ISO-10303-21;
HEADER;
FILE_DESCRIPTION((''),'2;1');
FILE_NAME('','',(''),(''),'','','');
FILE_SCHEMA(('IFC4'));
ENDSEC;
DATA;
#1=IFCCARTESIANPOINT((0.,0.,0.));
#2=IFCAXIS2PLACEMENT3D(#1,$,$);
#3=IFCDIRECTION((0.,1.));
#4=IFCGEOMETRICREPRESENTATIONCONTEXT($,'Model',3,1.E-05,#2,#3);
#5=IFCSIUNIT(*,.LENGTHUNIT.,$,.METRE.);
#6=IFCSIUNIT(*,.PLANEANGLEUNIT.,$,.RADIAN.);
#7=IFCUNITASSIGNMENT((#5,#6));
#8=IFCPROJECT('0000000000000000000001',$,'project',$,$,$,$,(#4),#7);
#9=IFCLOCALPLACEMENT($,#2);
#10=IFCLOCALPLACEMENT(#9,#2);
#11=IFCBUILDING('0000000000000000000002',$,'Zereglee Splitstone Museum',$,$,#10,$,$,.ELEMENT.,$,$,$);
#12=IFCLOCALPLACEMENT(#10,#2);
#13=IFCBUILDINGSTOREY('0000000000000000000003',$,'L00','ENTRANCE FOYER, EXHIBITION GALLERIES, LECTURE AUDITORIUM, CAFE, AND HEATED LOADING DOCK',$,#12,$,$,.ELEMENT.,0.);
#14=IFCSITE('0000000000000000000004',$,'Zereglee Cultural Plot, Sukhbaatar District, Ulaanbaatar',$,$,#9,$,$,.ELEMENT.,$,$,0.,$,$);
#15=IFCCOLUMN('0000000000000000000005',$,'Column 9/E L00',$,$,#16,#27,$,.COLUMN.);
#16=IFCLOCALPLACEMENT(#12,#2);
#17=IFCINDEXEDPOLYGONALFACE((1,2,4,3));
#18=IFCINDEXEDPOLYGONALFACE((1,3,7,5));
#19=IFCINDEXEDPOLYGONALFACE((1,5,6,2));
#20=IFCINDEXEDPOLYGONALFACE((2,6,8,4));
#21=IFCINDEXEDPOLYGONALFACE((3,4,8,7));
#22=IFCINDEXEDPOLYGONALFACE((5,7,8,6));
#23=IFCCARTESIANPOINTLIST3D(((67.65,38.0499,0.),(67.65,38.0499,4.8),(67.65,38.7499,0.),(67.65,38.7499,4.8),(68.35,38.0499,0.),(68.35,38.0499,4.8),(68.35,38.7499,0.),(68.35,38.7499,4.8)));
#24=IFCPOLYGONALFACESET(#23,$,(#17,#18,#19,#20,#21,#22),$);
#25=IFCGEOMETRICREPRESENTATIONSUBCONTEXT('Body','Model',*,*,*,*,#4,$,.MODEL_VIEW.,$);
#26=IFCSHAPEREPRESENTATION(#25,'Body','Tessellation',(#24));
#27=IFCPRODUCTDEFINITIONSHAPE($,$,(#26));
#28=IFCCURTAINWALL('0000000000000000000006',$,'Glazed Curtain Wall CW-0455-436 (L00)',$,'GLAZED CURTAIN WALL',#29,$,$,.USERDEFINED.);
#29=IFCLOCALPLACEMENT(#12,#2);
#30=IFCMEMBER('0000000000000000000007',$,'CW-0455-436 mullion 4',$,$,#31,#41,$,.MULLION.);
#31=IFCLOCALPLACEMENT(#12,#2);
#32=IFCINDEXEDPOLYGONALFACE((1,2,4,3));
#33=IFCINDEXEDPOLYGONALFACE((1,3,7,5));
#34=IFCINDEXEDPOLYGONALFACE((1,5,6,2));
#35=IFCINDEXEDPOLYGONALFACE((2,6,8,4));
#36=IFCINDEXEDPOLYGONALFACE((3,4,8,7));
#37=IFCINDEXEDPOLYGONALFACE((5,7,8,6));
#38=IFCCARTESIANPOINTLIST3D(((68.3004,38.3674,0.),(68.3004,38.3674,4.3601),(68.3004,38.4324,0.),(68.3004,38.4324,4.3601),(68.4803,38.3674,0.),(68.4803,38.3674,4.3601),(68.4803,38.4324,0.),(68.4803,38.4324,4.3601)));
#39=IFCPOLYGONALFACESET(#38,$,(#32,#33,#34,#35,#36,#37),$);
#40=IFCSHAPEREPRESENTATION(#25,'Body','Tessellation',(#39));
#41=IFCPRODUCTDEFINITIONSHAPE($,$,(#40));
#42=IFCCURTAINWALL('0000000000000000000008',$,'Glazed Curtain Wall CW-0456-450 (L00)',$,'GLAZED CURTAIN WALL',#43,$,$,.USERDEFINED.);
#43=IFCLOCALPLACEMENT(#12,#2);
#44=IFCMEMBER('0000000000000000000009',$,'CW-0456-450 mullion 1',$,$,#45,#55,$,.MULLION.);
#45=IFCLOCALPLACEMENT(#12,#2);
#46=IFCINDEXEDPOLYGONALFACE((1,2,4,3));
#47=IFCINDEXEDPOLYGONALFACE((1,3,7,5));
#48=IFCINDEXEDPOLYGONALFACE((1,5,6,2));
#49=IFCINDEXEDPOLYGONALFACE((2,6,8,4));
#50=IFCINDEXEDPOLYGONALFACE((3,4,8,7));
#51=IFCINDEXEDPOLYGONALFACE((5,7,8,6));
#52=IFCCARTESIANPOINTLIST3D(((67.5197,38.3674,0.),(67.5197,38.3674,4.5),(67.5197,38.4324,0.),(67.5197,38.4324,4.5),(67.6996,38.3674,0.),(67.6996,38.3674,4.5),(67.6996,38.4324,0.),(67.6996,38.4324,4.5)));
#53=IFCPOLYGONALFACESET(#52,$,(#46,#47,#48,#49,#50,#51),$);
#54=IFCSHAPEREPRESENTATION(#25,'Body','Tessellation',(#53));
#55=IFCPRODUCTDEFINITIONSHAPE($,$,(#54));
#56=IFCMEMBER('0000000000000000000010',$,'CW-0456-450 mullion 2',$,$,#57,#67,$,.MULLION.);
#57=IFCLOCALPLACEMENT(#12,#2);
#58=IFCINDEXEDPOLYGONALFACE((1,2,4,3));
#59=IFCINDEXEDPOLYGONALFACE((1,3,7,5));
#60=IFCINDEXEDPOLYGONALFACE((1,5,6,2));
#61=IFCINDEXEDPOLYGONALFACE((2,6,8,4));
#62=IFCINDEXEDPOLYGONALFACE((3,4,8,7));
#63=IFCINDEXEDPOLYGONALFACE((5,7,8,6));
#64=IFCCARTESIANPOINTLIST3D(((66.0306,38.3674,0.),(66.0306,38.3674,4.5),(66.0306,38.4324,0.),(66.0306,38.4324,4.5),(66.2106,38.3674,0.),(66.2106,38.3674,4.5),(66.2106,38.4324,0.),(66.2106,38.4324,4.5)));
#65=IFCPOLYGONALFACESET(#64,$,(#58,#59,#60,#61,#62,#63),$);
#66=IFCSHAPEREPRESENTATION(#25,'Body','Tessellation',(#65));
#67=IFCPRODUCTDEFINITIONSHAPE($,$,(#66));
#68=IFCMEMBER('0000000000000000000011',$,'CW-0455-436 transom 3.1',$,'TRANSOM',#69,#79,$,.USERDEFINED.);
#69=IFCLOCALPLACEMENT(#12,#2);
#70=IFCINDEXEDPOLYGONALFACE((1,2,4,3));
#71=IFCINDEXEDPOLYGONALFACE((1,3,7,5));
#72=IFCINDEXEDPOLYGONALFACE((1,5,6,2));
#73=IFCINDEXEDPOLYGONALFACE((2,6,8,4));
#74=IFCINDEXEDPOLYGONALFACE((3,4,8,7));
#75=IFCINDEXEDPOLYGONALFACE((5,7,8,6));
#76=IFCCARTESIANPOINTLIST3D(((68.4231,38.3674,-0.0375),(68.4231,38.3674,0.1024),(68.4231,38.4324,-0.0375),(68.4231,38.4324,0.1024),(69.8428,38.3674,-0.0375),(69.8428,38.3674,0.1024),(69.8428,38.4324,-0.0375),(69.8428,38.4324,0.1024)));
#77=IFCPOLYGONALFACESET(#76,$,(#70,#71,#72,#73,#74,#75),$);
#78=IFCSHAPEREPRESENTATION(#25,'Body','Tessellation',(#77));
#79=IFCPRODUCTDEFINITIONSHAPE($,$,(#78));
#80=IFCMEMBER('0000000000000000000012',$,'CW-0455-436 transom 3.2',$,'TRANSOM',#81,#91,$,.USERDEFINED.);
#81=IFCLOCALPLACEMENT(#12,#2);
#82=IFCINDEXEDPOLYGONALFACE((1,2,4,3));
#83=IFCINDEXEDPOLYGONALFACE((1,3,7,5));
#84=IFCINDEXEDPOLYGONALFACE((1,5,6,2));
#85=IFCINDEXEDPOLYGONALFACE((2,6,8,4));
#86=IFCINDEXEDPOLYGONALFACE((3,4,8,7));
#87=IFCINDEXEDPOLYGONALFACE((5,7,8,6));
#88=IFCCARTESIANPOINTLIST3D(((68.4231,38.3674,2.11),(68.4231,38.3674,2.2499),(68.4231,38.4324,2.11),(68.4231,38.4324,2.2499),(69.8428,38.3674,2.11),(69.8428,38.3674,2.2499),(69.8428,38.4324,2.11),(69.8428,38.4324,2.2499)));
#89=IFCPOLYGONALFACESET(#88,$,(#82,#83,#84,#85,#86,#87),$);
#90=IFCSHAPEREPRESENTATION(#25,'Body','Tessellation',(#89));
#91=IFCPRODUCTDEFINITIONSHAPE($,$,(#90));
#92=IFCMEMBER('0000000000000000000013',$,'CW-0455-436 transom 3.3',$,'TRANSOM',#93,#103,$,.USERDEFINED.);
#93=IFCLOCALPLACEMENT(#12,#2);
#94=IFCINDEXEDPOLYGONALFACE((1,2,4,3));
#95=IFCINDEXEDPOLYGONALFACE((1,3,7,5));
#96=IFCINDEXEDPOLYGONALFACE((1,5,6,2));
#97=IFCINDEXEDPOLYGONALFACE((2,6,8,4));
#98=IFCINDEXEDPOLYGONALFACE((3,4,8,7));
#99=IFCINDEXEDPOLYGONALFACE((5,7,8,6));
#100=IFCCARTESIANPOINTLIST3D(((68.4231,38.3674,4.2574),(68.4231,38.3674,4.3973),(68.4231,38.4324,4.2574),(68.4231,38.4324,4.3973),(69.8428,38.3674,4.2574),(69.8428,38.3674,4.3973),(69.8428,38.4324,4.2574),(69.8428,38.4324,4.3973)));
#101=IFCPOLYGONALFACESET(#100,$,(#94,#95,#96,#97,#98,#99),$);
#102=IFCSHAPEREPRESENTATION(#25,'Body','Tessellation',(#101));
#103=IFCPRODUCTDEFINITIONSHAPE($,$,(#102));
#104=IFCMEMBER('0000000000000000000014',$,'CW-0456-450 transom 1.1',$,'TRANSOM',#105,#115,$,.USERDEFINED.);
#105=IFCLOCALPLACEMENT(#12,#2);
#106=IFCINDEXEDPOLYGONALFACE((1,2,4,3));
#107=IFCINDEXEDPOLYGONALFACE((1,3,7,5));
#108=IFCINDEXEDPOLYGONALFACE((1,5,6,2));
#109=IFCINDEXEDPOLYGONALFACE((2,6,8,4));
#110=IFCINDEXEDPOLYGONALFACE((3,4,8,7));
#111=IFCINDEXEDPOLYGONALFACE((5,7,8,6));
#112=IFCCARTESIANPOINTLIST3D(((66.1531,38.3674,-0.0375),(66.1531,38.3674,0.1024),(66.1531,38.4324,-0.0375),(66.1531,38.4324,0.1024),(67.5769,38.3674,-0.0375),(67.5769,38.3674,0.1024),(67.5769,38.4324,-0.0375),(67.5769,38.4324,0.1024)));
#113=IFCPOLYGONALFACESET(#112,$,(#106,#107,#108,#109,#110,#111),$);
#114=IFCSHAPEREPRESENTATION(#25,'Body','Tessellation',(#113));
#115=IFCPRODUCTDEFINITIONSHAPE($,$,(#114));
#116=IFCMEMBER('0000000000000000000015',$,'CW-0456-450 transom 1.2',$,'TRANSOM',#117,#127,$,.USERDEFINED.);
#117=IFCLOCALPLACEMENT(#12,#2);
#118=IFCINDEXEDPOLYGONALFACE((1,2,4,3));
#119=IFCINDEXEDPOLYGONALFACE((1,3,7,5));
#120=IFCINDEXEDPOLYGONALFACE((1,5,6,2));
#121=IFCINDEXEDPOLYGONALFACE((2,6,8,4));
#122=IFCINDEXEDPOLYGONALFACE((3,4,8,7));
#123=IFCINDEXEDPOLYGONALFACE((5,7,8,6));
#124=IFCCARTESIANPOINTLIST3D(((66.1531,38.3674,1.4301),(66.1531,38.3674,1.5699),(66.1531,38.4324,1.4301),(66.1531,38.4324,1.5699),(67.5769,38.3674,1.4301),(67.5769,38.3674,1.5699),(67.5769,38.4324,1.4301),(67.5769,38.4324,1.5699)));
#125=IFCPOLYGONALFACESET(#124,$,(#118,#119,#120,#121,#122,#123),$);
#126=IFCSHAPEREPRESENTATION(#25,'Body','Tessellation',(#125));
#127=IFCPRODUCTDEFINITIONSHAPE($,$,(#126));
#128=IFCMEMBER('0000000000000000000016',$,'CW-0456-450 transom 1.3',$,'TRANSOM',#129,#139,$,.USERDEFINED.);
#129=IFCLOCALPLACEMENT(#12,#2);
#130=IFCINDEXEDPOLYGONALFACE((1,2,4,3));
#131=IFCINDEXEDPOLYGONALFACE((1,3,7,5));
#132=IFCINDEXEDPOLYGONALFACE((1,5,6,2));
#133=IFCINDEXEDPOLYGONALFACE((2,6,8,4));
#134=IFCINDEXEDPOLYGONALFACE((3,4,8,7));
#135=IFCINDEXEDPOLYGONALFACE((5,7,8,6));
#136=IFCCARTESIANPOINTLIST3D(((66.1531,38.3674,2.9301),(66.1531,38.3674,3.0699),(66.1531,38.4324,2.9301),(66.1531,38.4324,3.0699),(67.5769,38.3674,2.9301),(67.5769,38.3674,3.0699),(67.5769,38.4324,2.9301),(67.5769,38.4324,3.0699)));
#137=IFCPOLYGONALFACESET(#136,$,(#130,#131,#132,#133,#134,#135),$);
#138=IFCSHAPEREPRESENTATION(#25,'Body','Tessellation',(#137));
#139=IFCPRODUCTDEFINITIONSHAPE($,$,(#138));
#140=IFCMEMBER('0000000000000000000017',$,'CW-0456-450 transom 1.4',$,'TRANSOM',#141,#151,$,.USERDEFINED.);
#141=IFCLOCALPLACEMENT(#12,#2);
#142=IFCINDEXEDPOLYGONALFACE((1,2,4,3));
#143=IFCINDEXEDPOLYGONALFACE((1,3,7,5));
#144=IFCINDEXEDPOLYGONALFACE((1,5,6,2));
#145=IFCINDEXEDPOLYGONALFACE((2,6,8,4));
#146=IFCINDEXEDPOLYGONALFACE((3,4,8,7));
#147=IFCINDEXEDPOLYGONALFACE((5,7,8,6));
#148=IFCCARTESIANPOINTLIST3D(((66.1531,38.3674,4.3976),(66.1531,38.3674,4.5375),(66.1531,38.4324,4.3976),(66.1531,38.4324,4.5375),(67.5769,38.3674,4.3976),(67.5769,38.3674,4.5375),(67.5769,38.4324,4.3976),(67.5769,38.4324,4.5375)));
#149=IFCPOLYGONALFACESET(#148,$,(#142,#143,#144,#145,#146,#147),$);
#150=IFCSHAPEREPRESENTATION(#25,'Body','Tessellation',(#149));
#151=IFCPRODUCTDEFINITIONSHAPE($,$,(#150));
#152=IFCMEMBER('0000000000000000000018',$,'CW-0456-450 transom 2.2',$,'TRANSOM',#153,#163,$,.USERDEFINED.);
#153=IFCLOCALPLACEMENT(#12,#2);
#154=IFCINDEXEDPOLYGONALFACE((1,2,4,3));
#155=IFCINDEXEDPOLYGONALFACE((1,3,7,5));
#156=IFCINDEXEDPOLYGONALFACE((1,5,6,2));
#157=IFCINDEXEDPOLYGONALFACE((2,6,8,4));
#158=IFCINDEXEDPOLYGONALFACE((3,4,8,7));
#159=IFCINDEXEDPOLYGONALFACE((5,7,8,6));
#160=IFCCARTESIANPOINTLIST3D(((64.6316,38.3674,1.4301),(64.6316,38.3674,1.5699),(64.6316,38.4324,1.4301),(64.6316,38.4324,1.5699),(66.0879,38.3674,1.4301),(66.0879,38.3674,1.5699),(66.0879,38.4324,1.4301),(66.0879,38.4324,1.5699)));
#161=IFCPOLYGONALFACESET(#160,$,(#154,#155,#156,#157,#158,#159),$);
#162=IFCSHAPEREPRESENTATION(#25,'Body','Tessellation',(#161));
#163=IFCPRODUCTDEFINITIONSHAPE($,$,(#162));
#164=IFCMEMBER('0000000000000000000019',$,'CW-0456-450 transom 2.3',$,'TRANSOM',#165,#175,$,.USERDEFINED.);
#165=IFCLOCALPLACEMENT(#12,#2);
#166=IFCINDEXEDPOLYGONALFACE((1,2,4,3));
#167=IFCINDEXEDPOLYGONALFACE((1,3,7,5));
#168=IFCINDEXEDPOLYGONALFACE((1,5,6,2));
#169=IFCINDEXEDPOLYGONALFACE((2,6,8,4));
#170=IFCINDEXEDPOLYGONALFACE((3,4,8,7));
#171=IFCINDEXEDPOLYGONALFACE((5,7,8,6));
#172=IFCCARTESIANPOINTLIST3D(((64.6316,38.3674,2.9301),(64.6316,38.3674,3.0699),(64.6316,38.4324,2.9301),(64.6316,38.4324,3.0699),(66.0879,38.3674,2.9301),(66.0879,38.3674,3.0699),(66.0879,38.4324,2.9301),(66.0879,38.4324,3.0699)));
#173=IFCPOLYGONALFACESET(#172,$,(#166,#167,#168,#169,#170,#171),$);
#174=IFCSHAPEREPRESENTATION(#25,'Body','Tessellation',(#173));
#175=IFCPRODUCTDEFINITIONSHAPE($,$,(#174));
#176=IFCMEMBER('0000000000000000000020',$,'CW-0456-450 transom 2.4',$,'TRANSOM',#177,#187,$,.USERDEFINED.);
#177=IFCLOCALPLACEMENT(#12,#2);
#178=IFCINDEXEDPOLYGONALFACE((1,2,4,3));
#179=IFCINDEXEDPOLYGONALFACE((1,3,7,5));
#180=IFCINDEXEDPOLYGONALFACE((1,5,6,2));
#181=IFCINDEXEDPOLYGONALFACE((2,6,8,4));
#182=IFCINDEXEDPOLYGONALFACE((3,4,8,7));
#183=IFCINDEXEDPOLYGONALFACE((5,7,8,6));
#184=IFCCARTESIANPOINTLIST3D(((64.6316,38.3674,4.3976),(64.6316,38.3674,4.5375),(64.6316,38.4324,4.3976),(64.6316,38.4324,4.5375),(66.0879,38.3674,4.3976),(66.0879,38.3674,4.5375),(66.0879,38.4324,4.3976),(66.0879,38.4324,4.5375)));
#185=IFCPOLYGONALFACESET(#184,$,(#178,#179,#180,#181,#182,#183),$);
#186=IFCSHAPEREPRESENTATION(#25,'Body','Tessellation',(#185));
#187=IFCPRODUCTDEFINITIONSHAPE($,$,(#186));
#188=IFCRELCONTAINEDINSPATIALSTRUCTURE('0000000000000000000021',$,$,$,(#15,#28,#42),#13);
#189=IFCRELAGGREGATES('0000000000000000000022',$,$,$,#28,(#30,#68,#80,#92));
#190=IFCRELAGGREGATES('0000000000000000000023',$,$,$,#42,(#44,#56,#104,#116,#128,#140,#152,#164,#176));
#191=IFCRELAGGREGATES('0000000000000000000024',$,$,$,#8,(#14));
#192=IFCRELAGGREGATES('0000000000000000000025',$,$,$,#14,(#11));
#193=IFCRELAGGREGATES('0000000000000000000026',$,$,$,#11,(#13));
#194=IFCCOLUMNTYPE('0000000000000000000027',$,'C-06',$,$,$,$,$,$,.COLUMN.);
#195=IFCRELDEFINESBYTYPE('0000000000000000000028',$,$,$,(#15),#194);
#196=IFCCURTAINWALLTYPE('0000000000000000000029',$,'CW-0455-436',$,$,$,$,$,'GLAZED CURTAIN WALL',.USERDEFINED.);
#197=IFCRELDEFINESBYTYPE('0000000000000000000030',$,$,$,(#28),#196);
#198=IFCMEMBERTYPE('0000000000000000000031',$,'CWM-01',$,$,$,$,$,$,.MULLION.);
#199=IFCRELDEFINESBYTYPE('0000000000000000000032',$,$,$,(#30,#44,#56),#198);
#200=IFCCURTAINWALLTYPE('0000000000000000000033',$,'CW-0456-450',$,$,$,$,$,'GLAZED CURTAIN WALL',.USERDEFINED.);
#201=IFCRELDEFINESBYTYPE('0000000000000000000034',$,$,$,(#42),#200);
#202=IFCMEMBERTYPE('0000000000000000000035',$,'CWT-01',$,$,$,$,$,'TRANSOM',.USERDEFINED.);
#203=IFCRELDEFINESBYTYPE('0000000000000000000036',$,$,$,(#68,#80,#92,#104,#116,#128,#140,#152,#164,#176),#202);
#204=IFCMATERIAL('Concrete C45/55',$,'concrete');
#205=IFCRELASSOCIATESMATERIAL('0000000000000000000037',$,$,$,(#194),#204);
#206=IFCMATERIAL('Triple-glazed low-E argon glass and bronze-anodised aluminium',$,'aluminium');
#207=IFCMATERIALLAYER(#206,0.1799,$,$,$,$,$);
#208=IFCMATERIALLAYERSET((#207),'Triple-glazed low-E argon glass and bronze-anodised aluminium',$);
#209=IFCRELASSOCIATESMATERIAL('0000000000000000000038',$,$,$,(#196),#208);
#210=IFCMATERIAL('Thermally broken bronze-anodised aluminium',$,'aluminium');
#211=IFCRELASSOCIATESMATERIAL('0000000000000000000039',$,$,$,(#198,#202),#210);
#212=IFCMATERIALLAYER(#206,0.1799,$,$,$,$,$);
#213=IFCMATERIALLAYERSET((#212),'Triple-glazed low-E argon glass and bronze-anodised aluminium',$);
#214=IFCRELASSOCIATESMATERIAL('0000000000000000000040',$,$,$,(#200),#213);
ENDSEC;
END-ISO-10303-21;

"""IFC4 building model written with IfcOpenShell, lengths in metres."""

from ifc_helpers import new_model, si_unit, direction, frame, origin, origin_2d, place, context, subcontext, project, spatial, rectangle, extrude, material, layer, layer_set, material_profile, profile_set, type_object, element, aggregate, save


model = new_model("IFC4")

# Units and contexts
model_context = context("Model", 3, precision=1e-05, world=origin(), true_north=direction((0.0, 1.0)))
body_context = subcontext(model_context, "Body", "Model", "MODEL_VIEW")
ifc_project = project(units=[si_unit("LENGTHUNIT", "METRE"), si_unit("PLANEANGLEUNIT", "RADIAN")], contexts=[model_context])

# Site, building, storey
site_placement = place(None, origin())
site = spatial("IfcSite", under=ifc_project, at=site_placement, Name="Zereglee Cultural Plot, Sukhbaatar District, Ulaanbaatar", CompositionType="ELEMENT", RefElevation=0.0)
building_placement = place(site_placement, origin())
building = spatial("IfcBuilding", under=site, at=building_placement, Name="Zereglee Splitstone Museum", CompositionType="ELEMENT")
storey_placement = place(building_placement, origin())
storey = spatial("IfcBuildingStorey", under=building, at=storey_placement, Name="L00", Description="ENTRANCE FOYER, EXHIBITION GALLERIES, LECTURE AUDITORIUM, CAFE, AND HEATED LOADING DOCK", CompositionType="ELEMENT", Elevation=0.0)

# Column
ifc_material_1 = material(Name="Concrete C45/55", Category="concrete")
ifc_material_profile_1 = material_profile(ifc_material_1, rectangle(XDim=0.7, YDim=0.7, at=origin_2d()), Name="RC 700x700")
ifc_profile_set_1 = profile_set([ifc_material_profile_1], Name="Concrete C45/55")
column_type = type_object("IfcColumnType", Name="C-06", PredefinedType="COLUMN", material=ifc_profile_set_1)
column_placement = place(storey_placement, frame((68.0, 38.3999, 0.0), z_axis=(0.0, 0.0, 1.0), x_axis=(1.0, 0.0, 0.0)))
element("IfcColumn", 1, at=column_placement, inside=storey, type_object=column_type, Name="Column 9/E L00", PredefinedType="COLUMN", context=body_context, shape_type="SweptSolid", body=[
    extrude(rectangle(XDim=0.7, YDim=0.7, at=origin_2d()), origin(), (0.0, 0.0, 1.0), 4.8),
])

# Curtain wall, member
ifc_material_2 = material(Name="Triple-glazed low-E argon glass and bronze-anodised aluminium", Category="aluminium")
ifc_layer_1 = layer(ifc_material_2, 0.1799)
ifc_layer_set_1 = layer_set([ifc_layer_1], Name="Triple-glazed low-E argon glass and bronze-anodised aluminium")
curtain_wall_type_1 = type_object("IfcCurtainWallType", Name="CW-0455-436", ElementType="GLAZED CURTAIN WALL", PredefinedType="USERDEFINED", material=ifc_layer_set_1)
curtain_wall_1_placement = place(storey_placement, origin())
curtain_wall_1 = element("IfcCurtainWall", 2, at=curtain_wall_1_placement, inside=storey, type_object=curtain_wall_type_1, Name="Glazed Curtain Wall CW-0455-436 (L00)", ObjectType="GLAZED CURTAIN WALL", PredefinedType="USERDEFINED")
ifc_material_3 = material(Name="Thermally broken bronze-anodised aluminium", Category="aluminium")
ifc_material_profile_2 = material_profile(ifc_material_3, rectangle(XDim=0.0649, YDim=0.1799, at=origin_2d()), Name="CW MULL 65x180")
ifc_profile_set_2 = profile_set([ifc_material_profile_2], Name="Thermally broken bronze-anodised aluminium")
member_type_1 = type_object("IfcMemberType", Name="CWM-01", PredefinedType="MULLION", material=ifc_profile_set_2)
member_1_placement = place(storey_placement, frame((68.3904, 38.3999, 0.0), z_axis=(0.0, 0.0, 1.0), x_axis=(0.0, -1.0, 0.0)))
member_1 = element("IfcMember", 3, at=member_1_placement, type_object=member_type_1, Name="CW-0455-436 mullion 4", PredefinedType="MULLION", context=body_context, shape_type="SweptSolid", body=[
    extrude(rectangle(XDim=0.0649, YDim=0.1799, at=origin_2d()), origin(), (0.0, 0.0, 1.0), 4.3601),
])

# Curtain wall, members
ifc_layer_2 = layer(ifc_material_2, 0.1799)
ifc_layer_set_2 = layer_set([ifc_layer_2], Name="Triple-glazed low-E argon glass and bronze-anodised aluminium")
curtain_wall_type_2 = type_object("IfcCurtainWallType", Name="CW-0456-450", ElementType="GLAZED CURTAIN WALL", PredefinedType="USERDEFINED", material=ifc_layer_set_2)
curtain_wall_2_placement = place(storey_placement, origin())
curtain_wall_2 = element("IfcCurtainWall", 4, at=curtain_wall_2_placement, inside=storey, type_object=curtain_wall_type_2, Name="Glazed Curtain Wall CW-0456-450 (L00)", ObjectType="GLAZED CURTAIN WALL", PredefinedType="USERDEFINED")
member_2_placement = place(storey_placement, frame((67.6096, 38.3999, 0.0), z_axis=(0.0, 0.0, 1.0), x_axis=(0.0, -1.0, 0.0)))
member_2 = element("IfcMember", 5, at=member_2_placement, type_object=member_type_1, Name="CW-0456-450 mullion 1", PredefinedType="MULLION", context=body_context, shape_type="SweptSolid", body=[
    extrude(rectangle(XDim=0.0649, YDim=0.1799, at=origin_2d()), origin(), (0.0, 0.0, 1.0), 4.5),
])
member_3_placement = place(storey_placement, frame((66.1206, 38.3999, 0.0), z_axis=(0.0, 0.0, 1.0), x_axis=(0.0, -1.0, 0.0)))
member_3 = element("IfcMember", 6, at=member_3_placement, type_object=member_type_1, Name="CW-0456-450 mullion 2", PredefinedType="MULLION", context=body_context, shape_type="SweptSolid", body=[
    extrude(rectangle(XDim=0.0649, YDim=0.1799, at=origin_2d()), origin(), (0.0, 0.0, 1.0), 4.5),
])

# Members
ifc_material_profile_3 = material_profile(ifc_material_3, rectangle(XDim=0.0649, YDim=0.1399, at=origin_2d()), Name="CW TRAN 65x140")
ifc_profile_set_3 = profile_set([ifc_material_profile_3], Name="Thermally broken bronze-anodised aluminium")
member_type_2 = type_object("IfcMemberType", Name="CWT-01", ElementType="TRANSOM", PredefinedType="USERDEFINED", material=ifc_profile_set_3)
member_4_placement = place(storey_placement, frame((69.8428, 38.3999, 0.0325), z_axis=(-1.0, 0.0, 0.0), x_axis=(0.0, -1.0, 0.0)))
member_4 = element("IfcMember", 7, at=member_4_placement, type_object=member_type_2, Name="CW-0455-436 transom 3.1", ObjectType="TRANSOM", PredefinedType="USERDEFINED", context=body_context, shape_type="SweptSolid", body=[
    extrude(rectangle(XDim=0.0649, YDim=0.1399, at=origin_2d()), origin(), (0.0, 0.0, 1.0), 1.4197),
])
member_5_placement = place(storey_placement, frame((69.8428, 38.3999, 2.1799), z_axis=(-1.0, 0.0, 0.0), x_axis=(0.0, -1.0, 0.0)))
member_5 = element("IfcMember", 8, at=member_5_placement, type_object=member_type_2, Name="CW-0455-436 transom 3.2", ObjectType="TRANSOM", PredefinedType="USERDEFINED", context=body_context, shape_type="SweptSolid", body=[
    extrude(rectangle(XDim=0.0649, YDim=0.1399, at=origin_2d()), origin(), (0.0, 0.0, 1.0), 1.4197),
])
member_6_placement = place(storey_placement, frame((69.8428, 38.3999, 4.3274), z_axis=(-1.0, 0.0, 0.0), x_axis=(0.0, -1.0, 0.0)))
member_6 = element("IfcMember", 9, at=member_6_placement, type_object=member_type_2, Name="CW-0455-436 transom 3.3", ObjectType="TRANSOM", PredefinedType="USERDEFINED", context=body_context, shape_type="SweptSolid", body=[
    extrude(rectangle(XDim=0.0649, YDim=0.1399, at=origin_2d()), origin(), (0.0, 0.0, 1.0), 1.4197),
])
member_7_placement = place(storey_placement, frame((67.5769, 38.3999, 0.0325), z_axis=(-1.0, 0.0, 0.0), x_axis=(0.0, -1.0, 0.0)))
member_7 = element("IfcMember", 10, at=member_7_placement, type_object=member_type_2, Name="CW-0456-450 transom 1.1", ObjectType="TRANSOM", PredefinedType="USERDEFINED", context=body_context, shape_type="SweptSolid", body=[
    extrude(rectangle(XDim=0.0649, YDim=0.1399, at=origin_2d()), origin(), (0.0, 0.0, 1.0), 1.4238),
])
member_8_placement = place(storey_placement, frame((67.5769, 38.3999, 1.5), z_axis=(-1.0, 0.0, 0.0), x_axis=(0.0, -1.0, 0.0)))
member_8 = element("IfcMember", 11, at=member_8_placement, type_object=member_type_2, Name="CW-0456-450 transom 1.2", ObjectType="TRANSOM", PredefinedType="USERDEFINED", context=body_context, shape_type="SweptSolid", body=[
    extrude(rectangle(XDim=0.0649, YDim=0.1399, at=origin_2d()), origin(), (0.0, 0.0, 1.0), 1.4238),
])
member_9_placement = place(storey_placement, frame((67.5769, 38.3999, 3.0), z_axis=(-1.0, 0.0, 0.0), x_axis=(0.0, -1.0, 0.0)))
member_9 = element("IfcMember", 12, at=member_9_placement, type_object=member_type_2, Name="CW-0456-450 transom 1.3", ObjectType="TRANSOM", PredefinedType="USERDEFINED", context=body_context, shape_type="SweptSolid", body=[
    extrude(rectangle(XDim=0.0649, YDim=0.1399, at=origin_2d()), origin(), (0.0, 0.0, 1.0), 1.4238),
])
member_10_placement = place(storey_placement, frame((67.5769, 38.3999, 4.4675), z_axis=(-1.0, 0.0, 0.0), x_axis=(0.0, -1.0, 0.0)))
member_10 = element("IfcMember", 13, at=member_10_placement, type_object=member_type_2, Name="CW-0456-450 transom 1.4", ObjectType="TRANSOM", PredefinedType="USERDEFINED", context=body_context, shape_type="SweptSolid", body=[
    extrude(rectangle(XDim=0.0649, YDim=0.1399, at=origin_2d()), origin(), (0.0, 0.0, 1.0), 1.4238),
])
member_11_placement = place(storey_placement, frame((66.0879, 38.3999, 1.5), z_axis=(-1.0, 0.0, 0.0), x_axis=(0.0, -1.0, 0.0)))
member_11 = element("IfcMember", 14, at=member_11_placement, type_object=member_type_2, Name="CW-0456-450 transom 2.2", ObjectType="TRANSOM", PredefinedType="USERDEFINED", context=body_context, shape_type="SweptSolid", body=[
    extrude(rectangle(XDim=0.0649, YDim=0.1399, at=origin_2d()), origin(), (0.0, 0.0, 1.0), 1.4563),
])
member_12_placement = place(storey_placement, frame((66.0879, 38.3999, 3.0), z_axis=(-1.0, 0.0, 0.0), x_axis=(0.0, -1.0, 0.0)))
member_12 = element("IfcMember", 15, at=member_12_placement, type_object=member_type_2, Name="CW-0456-450 transom 2.3", ObjectType="TRANSOM", PredefinedType="USERDEFINED", context=body_context, shape_type="SweptSolid", body=[
    extrude(rectangle(XDim=0.0649, YDim=0.1399, at=origin_2d()), origin(), (0.0, 0.0, 1.0), 1.4563),
])
member_13_placement = place(storey_placement, frame((66.0879, 38.3999, 4.4675), z_axis=(-1.0, 0.0, 0.0), x_axis=(0.0, -1.0, 0.0)))
member_13 = element("IfcMember", 16, at=member_13_placement, type_object=member_type_2, Name="CW-0456-450 transom 2.4", ObjectType="TRANSOM", PredefinedType="USERDEFINED", context=body_context, shape_type="SweptSolid", body=[
    extrude(rectangle(XDim=0.0649, YDim=0.1399, at=origin_2d()), origin(), (0.0, 0.0, 1.0), 1.4563),
])

aggregate(curtain_wall_1, [member_1, member_4, member_5, member_6])
aggregate(curtain_wall_2, [member_2, member_3, member_7, member_8, member_9, member_10, member_11, member_12, member_13])

save(model, "model.ifc")
